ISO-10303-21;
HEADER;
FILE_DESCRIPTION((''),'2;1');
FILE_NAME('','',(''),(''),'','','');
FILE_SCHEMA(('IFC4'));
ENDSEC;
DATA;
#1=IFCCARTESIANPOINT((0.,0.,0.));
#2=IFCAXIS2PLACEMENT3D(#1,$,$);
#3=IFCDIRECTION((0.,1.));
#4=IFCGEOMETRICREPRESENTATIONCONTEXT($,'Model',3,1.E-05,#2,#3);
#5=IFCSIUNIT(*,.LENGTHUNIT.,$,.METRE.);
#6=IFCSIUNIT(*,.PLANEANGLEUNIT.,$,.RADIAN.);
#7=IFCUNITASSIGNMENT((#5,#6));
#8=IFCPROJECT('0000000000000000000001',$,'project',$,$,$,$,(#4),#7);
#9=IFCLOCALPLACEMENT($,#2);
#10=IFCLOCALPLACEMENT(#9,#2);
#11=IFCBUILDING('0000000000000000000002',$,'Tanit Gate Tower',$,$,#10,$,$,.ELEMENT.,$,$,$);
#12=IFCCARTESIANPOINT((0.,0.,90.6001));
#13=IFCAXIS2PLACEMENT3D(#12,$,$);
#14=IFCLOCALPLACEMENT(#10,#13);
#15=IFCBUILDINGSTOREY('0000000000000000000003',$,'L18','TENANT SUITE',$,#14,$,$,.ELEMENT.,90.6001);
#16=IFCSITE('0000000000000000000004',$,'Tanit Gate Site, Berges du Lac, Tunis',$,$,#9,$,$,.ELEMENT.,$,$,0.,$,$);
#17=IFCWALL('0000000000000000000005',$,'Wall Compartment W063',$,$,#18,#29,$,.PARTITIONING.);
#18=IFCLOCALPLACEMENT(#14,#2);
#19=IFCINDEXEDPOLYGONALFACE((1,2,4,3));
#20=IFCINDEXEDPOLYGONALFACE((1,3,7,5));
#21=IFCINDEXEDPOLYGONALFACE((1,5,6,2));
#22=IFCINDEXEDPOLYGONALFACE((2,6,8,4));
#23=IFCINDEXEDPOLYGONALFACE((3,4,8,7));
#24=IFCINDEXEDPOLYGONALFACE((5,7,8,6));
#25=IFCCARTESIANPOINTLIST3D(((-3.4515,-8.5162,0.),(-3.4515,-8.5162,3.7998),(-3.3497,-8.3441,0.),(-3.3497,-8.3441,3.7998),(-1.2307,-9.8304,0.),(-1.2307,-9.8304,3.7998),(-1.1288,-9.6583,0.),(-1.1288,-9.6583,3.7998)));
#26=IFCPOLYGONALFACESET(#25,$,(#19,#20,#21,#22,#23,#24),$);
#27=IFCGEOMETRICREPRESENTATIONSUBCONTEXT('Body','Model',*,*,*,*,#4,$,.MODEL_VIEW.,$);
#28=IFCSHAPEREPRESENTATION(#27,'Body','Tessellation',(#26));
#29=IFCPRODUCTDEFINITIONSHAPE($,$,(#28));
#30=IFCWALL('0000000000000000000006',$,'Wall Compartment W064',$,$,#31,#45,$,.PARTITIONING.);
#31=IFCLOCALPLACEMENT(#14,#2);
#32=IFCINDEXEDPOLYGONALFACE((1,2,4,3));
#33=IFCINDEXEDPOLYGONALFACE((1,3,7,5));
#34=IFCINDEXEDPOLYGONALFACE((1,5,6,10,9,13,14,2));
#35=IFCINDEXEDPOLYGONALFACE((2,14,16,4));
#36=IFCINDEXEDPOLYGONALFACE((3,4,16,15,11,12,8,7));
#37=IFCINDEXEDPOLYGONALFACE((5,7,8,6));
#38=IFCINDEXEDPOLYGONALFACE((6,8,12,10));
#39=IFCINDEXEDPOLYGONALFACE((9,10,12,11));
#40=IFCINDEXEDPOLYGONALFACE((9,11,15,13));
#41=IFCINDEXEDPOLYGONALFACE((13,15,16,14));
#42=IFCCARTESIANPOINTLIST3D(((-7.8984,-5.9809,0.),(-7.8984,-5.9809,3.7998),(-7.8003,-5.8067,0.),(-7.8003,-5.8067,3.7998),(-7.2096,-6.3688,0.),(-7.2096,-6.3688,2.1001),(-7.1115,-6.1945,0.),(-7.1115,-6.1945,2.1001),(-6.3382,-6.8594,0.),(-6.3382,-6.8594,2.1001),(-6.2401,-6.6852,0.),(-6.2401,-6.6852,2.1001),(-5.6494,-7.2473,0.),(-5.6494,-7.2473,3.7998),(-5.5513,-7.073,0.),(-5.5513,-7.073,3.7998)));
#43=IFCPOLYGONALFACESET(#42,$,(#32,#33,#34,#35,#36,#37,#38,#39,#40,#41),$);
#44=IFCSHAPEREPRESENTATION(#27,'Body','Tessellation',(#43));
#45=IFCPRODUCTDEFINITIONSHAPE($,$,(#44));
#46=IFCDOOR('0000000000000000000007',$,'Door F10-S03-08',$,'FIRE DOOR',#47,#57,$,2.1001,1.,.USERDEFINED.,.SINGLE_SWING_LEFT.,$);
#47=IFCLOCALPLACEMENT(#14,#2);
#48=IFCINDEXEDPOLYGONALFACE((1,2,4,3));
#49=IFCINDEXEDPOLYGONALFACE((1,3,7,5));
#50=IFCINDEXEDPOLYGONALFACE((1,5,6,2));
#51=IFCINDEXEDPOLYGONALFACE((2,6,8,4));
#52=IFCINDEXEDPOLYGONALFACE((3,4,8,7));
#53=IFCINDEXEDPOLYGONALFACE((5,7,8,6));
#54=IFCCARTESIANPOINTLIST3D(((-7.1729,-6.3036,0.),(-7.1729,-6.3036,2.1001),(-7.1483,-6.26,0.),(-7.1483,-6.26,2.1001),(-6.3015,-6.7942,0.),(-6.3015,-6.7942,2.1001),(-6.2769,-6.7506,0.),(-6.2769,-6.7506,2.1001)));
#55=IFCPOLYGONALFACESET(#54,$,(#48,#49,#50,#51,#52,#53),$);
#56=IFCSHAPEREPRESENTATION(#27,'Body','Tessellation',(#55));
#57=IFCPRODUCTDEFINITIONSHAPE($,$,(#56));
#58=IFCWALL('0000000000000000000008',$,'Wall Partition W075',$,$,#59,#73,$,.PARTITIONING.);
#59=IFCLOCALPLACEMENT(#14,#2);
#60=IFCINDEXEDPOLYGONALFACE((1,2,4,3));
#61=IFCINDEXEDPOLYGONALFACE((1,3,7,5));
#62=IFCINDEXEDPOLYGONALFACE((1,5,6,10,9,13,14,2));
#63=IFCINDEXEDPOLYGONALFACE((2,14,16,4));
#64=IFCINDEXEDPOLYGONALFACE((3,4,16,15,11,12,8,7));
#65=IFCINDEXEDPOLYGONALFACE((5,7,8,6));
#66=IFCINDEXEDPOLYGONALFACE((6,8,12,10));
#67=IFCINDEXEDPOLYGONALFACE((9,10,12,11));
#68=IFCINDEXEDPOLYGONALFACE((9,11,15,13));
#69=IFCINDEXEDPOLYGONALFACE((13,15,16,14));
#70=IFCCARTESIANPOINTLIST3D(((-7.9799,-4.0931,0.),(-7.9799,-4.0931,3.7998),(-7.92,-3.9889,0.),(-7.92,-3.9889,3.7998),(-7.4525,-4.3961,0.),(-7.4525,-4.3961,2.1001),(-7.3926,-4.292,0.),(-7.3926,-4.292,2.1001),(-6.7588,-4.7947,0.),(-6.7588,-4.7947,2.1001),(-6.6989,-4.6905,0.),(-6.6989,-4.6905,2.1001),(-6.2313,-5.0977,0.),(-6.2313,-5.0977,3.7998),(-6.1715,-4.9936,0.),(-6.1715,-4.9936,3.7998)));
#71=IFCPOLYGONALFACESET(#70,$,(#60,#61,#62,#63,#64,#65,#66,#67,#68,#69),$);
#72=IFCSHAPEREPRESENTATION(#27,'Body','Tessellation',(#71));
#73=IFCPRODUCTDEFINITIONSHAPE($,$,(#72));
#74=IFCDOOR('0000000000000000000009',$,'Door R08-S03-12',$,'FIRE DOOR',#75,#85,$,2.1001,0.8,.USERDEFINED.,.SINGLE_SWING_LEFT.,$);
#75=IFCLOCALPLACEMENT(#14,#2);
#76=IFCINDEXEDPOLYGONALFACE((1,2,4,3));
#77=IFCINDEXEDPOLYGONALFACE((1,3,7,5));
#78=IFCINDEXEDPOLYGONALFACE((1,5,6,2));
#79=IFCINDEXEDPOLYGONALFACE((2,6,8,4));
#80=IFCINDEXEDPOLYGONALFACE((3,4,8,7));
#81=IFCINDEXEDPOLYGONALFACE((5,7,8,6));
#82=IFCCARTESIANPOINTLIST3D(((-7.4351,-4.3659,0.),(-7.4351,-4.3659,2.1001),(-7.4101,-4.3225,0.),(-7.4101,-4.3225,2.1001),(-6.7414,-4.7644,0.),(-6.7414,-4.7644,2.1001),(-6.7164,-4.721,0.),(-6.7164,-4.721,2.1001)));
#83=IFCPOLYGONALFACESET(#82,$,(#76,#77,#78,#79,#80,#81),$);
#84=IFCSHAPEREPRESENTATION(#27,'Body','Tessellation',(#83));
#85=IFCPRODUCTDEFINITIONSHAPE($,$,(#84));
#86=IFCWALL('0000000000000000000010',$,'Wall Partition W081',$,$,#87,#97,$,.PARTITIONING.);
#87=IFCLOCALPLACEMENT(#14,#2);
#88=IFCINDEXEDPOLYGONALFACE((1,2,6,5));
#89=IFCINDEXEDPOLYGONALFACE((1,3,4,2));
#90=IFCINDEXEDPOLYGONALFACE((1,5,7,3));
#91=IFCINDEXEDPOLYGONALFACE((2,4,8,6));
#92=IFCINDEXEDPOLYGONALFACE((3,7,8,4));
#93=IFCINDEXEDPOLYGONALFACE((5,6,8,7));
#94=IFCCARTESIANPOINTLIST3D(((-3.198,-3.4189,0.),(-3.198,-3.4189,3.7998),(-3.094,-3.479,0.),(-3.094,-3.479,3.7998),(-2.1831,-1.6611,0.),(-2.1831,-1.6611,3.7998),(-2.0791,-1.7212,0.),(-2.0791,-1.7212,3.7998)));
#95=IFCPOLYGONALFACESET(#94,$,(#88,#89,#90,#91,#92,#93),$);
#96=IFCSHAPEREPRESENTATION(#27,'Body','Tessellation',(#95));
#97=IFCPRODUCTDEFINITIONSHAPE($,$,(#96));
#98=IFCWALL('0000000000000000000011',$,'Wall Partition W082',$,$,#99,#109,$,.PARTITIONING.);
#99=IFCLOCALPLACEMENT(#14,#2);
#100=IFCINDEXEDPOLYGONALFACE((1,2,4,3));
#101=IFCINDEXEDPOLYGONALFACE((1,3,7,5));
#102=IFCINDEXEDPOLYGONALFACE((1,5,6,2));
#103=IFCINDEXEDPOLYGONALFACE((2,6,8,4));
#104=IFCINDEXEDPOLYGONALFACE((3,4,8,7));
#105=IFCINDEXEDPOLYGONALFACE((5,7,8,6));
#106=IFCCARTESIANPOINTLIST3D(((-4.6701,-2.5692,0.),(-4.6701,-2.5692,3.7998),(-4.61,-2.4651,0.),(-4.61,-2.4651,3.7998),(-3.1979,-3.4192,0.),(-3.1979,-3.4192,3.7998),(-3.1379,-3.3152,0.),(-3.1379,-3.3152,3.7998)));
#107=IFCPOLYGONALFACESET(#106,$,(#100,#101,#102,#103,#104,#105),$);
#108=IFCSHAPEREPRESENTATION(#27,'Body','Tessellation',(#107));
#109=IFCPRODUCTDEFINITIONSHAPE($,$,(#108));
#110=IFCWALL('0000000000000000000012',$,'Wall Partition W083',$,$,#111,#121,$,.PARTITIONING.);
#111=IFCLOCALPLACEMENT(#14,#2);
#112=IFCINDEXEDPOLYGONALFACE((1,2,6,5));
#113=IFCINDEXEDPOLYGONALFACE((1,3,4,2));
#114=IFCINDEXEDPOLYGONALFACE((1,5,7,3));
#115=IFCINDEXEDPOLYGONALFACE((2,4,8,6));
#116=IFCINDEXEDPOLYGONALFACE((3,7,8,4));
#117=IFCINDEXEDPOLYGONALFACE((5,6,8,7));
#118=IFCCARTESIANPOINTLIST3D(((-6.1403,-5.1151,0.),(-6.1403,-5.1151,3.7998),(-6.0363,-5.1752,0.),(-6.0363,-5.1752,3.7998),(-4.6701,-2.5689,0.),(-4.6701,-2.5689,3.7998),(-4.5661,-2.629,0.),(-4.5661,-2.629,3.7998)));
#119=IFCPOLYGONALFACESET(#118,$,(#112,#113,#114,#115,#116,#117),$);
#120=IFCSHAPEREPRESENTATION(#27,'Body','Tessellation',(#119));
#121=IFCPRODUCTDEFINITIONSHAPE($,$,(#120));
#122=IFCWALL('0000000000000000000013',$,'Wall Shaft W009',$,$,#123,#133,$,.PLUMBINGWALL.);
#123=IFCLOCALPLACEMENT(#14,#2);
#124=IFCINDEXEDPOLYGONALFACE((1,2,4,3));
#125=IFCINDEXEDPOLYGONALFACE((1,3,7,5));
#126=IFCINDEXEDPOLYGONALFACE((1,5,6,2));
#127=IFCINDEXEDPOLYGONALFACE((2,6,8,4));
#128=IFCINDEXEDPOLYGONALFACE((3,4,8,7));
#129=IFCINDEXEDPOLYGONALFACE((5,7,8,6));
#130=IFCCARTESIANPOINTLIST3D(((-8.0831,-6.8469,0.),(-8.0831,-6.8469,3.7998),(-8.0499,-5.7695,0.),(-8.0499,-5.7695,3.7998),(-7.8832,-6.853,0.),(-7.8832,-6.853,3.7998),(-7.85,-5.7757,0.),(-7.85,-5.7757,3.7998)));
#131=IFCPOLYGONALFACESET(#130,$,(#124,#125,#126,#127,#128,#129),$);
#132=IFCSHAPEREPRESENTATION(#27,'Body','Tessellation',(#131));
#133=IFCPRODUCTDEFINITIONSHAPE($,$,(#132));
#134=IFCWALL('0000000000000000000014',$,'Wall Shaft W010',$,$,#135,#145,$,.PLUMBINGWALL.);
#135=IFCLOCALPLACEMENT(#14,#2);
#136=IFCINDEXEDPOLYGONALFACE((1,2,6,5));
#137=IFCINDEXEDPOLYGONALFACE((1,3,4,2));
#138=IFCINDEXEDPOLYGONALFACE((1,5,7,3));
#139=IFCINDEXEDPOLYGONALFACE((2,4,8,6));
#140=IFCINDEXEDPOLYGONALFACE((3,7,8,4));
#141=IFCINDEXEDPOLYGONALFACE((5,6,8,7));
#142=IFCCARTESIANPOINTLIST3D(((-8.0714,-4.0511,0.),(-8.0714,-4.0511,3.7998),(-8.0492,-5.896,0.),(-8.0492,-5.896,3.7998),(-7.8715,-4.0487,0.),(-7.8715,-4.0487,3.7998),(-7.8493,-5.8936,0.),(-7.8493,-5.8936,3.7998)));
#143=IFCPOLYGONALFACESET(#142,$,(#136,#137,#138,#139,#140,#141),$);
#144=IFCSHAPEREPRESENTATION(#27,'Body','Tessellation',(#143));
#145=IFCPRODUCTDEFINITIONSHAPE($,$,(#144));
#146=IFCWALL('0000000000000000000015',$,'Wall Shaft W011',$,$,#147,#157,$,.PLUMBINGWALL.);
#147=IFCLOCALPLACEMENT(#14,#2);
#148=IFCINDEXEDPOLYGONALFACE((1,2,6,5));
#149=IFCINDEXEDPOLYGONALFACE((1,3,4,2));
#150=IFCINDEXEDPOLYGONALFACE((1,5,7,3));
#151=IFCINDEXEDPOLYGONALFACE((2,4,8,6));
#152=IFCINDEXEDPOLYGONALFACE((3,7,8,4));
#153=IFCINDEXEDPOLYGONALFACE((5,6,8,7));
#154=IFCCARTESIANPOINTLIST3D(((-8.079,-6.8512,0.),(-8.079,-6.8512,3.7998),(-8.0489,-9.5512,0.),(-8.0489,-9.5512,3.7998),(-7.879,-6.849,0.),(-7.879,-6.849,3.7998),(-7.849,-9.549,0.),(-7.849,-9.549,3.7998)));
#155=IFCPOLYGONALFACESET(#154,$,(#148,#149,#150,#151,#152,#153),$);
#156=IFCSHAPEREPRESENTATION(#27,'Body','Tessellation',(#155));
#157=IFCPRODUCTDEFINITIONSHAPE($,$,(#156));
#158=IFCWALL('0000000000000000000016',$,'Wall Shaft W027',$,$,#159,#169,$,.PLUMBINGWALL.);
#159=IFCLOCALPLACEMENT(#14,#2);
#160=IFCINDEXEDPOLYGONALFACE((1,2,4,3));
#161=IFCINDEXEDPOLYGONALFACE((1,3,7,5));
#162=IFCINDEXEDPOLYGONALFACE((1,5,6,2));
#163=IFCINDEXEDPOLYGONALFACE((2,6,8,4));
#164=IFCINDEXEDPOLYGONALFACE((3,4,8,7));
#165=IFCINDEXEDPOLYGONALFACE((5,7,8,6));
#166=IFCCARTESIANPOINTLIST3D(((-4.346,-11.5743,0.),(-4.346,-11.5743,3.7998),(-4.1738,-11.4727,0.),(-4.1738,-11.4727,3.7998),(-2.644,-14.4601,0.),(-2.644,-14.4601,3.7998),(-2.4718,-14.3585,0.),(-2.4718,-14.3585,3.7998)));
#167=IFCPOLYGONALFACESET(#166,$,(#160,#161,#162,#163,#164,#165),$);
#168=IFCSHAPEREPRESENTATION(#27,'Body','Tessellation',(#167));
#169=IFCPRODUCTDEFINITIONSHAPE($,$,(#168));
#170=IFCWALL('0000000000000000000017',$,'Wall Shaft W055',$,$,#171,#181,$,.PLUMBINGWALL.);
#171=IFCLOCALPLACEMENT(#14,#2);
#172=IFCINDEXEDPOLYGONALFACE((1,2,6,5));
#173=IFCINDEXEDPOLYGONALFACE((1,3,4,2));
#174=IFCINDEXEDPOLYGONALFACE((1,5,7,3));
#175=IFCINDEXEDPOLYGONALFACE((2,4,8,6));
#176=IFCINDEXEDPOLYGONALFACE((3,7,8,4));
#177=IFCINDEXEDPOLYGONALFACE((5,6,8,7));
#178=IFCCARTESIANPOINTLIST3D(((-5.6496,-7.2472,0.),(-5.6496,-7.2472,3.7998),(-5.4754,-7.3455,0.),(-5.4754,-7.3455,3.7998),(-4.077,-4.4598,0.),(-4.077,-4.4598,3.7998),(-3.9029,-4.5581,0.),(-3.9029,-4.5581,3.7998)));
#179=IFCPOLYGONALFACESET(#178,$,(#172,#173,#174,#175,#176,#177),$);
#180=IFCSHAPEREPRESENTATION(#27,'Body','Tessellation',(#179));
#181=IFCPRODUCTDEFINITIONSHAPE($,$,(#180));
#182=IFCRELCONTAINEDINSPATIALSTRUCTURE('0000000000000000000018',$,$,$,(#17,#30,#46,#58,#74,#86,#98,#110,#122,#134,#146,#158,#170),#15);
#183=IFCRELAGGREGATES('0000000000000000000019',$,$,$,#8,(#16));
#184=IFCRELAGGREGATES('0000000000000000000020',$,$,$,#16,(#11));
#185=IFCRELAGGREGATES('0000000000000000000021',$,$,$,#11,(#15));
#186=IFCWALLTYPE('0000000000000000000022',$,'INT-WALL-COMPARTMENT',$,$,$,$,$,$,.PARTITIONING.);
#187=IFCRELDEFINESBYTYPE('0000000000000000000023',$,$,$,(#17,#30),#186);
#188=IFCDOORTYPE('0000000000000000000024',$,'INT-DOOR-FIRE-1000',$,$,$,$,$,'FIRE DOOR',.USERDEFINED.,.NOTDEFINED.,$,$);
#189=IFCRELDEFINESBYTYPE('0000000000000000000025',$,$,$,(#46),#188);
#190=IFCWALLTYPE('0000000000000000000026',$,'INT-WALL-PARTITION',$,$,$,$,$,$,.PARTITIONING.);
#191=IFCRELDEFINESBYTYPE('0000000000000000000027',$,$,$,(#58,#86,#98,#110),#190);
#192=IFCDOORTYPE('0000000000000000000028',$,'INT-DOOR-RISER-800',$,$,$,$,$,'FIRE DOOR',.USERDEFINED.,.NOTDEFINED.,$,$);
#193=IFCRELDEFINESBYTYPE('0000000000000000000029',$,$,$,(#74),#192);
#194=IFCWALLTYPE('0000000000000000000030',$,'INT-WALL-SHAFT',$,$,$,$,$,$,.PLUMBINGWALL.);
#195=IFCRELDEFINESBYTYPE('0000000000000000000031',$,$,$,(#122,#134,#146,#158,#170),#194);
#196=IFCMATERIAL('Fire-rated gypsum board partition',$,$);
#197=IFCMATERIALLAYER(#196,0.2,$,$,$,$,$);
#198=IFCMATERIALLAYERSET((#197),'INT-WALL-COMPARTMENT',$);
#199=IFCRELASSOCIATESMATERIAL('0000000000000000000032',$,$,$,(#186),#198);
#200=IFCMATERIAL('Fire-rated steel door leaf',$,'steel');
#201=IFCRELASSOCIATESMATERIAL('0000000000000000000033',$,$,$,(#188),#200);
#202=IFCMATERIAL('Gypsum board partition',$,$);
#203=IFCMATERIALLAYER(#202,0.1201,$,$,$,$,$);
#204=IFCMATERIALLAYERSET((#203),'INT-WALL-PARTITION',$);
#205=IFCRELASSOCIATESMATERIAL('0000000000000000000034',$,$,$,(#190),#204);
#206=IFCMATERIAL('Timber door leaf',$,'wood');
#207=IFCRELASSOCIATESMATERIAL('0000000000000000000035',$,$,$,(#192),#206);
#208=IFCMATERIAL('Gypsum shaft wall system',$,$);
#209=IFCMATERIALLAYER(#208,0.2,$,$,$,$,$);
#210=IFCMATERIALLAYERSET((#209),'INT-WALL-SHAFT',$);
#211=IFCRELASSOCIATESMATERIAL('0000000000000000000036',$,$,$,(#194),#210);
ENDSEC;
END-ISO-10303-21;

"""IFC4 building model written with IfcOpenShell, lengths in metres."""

from ifc_helpers import new_model, si_unit, direction, frame, frame_2d, origin, place, context, subcontext, project, spatial, rectangle, extrude, material, layer, layer_set, type_object, element, fill, save


model = new_model("IFC4")

# Units and contexts
model_context = context("Model", 3, precision=1e-05, world=origin(), true_north=direction((0.0, 1.0)))
body_context = subcontext(model_context, "Body", "Model", "MODEL_VIEW")
ifc_project = project(units=[si_unit("LENGTHUNIT", "METRE"), si_unit("PLANEANGLEUNIT", "RADIAN")], contexts=[model_context])

# Site, building, storey
site_placement = place(None, origin())
site = spatial("IfcSite", under=ifc_project, at=site_placement, Name="Tanit Gate Site, Berges du Lac, Tunis", CompositionType="ELEMENT", RefElevation=0.0)
building_placement = place(site_placement, origin())
building = spatial("IfcBuilding", under=site, at=building_placement, Name="Tanit Gate Tower", CompositionType="ELEMENT")
storey_placement = place(building_placement, frame((0.0, 0.0, 90.6001)))
storey = spatial("IfcBuildingStorey", under=building, at=storey_placement, Name="L18", Description="TENANT SUITE", CompositionType="ELEMENT", Elevation=90.6001)

# Wall
ifc_material_1 = material(Name="Fire-rated gypsum board partition")
ifc_layer_1 = layer(ifc_material_1, 0.2)
ifc_layer_set_1 = layer_set([ifc_layer_1], Name="INT-WALL-COMPARTMENT")
wall_type_1 = type_object("IfcWallType", Name="INT-WALL-COMPARTMENT", PredefinedType="PARTITIONING", material=ifc_layer_set_1)
wall_1_placement = place(storey_placement, frame((-3.4006, -8.4302, 0.0), z_axis=(0.0, 0.0, 1.0), x_axis=(0.860616, -0.509255, 0.0)))
element("IfcWall", 1, at=wall_1_placement, inside=storey, type_object=wall_type_1, Name="Wall Compartment W063", PredefinedType="PARTITIONING", context=body_context, shape_type="SweptSolid", body=[
    extrude(rectangle(XDim=2.5806, YDim=0.2, at=frame_2d((1.2903, 0.0))), origin(), (0.0, 0.0, 1.0), 3.7998),
])

# Walls, openings, doors
wall_2_placement = place(storey_placement, frame((-7.8494, -5.8938, 0.0), z_axis=(0.0, 0.0, 1.0), x_axis=(0.871363, -0.490638, 0.0)))
wall_2 = element("IfcWall", 2, at=wall_2_placement, inside=storey, type_object=wall_type_1, Name="Wall Compartment W064", PredefinedType="PARTITIONING", context=body_context, shape_type="SweptSolid", body=[
    extrude(rectangle(XDim=2.5811, YDim=0.2, at=frame_2d((1.2905, 0.0))), origin(), (0.0, 0.0, 1.0), 3.7998),
])
opening_1_placement = place(wall_2_placement, frame((0.7905, 0.0, 0.0)))
opening_1 = element("IfcOpeningElement", 3, at=opening_1_placement, cuts=wall_2, PredefinedType="OPENING", context=body_context, shape_type="SweptSolid", body=[
    extrude(rectangle(XDim=1.0, YDim=2.1001, at=frame_2d((0.5, 1.05))), frame((0.0, 0.1099, 0.0), z_axis=(0.0, -1.0, 0.0), x_axis=(1.0, 0.0, 0.0)), (0.0, 0.0, 1.0), 0.22),
])
ifc_material_2 = material(Name="Fire-rated steel door leaf", Category="steel")
door_type_1 = type_object("IfcDoorType", Name="INT-DOOR-FIRE-1000", ElementType="FIRE DOOR", OperationType="NOTDEFINED", PredefinedType="USERDEFINED", material=ifc_material_2)
door_1_placement = place(opening_1_placement, origin())
door_1 = element("IfcDoor", 4, at=door_1_placement, inside=storey, type_object=door_type_1, Name="Door F10-S03-08", ObjectType="FIRE DOOR", OperationType="SINGLE_SWING_LEFT", OverallHeight=2.1001, OverallWidth=1.0, PredefinedType="USERDEFINED", context=body_context, shape_type="SweptSolid", body=[
    extrude(rectangle(XDim=1.0, YDim=2.1001, at=frame_2d((0.5, 1.05))), frame((0.0, 0.0249, 0.0), z_axis=(0.0, -1.0, 0.0), x_axis=(1.0, 0.0, 0.0)), (0.0, 0.0, 1.0), 0.05),
])
fill(opening_1, door_1)
ifc_material_3 = material(Name="Gypsum board partition")
ifc_layer_2 = layer(ifc_material_3, 0.1201)
ifc_layer_set_2 = layer_set([ifc_layer_2], Name="INT-WALL-PARTITION")
wall_type_2 = type_object("IfcWallType", Name="INT-WALL-PARTITION", PredefinedType="PARTITIONING", material=ifc_layer_set_2)
wall_3_placement = place(storey_placement, frame((-7.95, -4.041, 0.0), z_axis=(0.0, 0.0, 1.0), x_axis=(0.867071, -0.498184, 0.0)))
wall_3 = element("IfcWall", 5, at=wall_3_placement, inside=storey, type_object=wall_type_2, Name="Wall Partition W075", PredefinedType="PARTITIONING", context=body_context, shape_type="SweptSolid", body=[
    extrude(rectangle(XDim=2.0166, YDim=0.1201, at=frame_2d((1.0083, 0.0))), origin(), (0.0, 0.0, 1.0), 3.7998),
])
opening_2_placement = place(wall_3_placement, frame((0.6084, 0.0, 0.0)))
opening_2 = element("IfcOpeningElement", 6, at=opening_2_placement, cuts=wall_3, PredefinedType="OPENING", context=body_context, shape_type="SweptSolid", body=[
    extrude(rectangle(XDim=0.8, YDim=2.1001, at=frame_2d((0.3999, 1.05))), frame((0.0, 0.0701, 0.0), z_axis=(0.0, -1.0, 0.0), x_axis=(1.0, 0.0, 0.0)), (0.0, 0.0, 1.0), 0.1401),
])
ifc_material_4 = material(Name="Timber door leaf", Category="wood")
door_type_2 = type_object("IfcDoorType", Name="INT-DOOR-RISER-800", ElementType="FIRE DOOR", OperationType="NOTDEFINED", PredefinedType="USERDEFINED", material=ifc_material_4)
door_2_placement = place(opening_2_placement, origin())
door_2 = element("IfcDoor", 7, at=door_2_placement, inside=storey, type_object=door_type_2, Name="Door R08-S03-12", ObjectType="FIRE DOOR", OperationType="SINGLE_SWING_LEFT", OverallHeight=2.1001, OverallWidth=0.8, PredefinedType="USERDEFINED", context=body_context, shape_type="SweptSolid", body=[
    extrude(rectangle(XDim=0.8, YDim=2.1001, at=frame_2d((0.3999, 1.05))), frame((0.0, 0.0249, 0.0), z_axis=(0.0, -1.0, 0.0), x_axis=(1.0, 0.0, 0.0)), (0.0, 0.0, 1.0), 0.05),
])
fill(opening_2, door_2)

# Walls
wall_4_placement = place(storey_placement, frame((-3.146, -3.449, 0.0), z_axis=(0.0, 0.0, 1.0), x_axis=(0.500007, 0.866021, 0.0)))
element("IfcWall", 8, at=wall_4_placement, inside=storey, type_object=wall_type_2, Name="Wall Partition W081", PredefinedType="PARTITIONING", context=body_context, shape_type="SweptSolid", body=[
    extrude(rectangle(XDim=2.0298, YDim=0.1201, at=frame_2d((1.0149, 0.0))), origin(), (0.0, 0.0, 1.0), 3.7998),
])
wall_5_placement = place(storey_placement, frame((-4.6401, -2.5171, 0.0), z_axis=(0.0, 0.0, 1.0), x_axis=(0.865989, -0.500062, 0.0)))
element("IfcWall", 9, at=wall_5_placement, inside=storey, type_object=wall_type_2, Name="Wall Partition W082", PredefinedType="PARTITIONING", context=body_context, shape_type="SweptSolid", body=[
    extrude(rectangle(XDim=1.7, YDim=0.1201, at=frame_2d((0.8501, 0.0))), origin(), (0.0, 0.0, 1.0), 3.7998),
])
wall_6_placement = place(storey_placement, frame((-6.0884, -5.1453, 0.0), z_axis=(0.0, 0.0, 1.0), x_axis=(0.500051, 0.865996, 0.0)))
element("IfcWall", 10, at=wall_6_placement, inside=storey, type_object=wall_type_2, Name="Wall Partition W083", PredefinedType="PARTITIONING", context=body_context, shape_type="SweptSolid", body=[
    extrude(rectangle(XDim=2.9402, YDim=0.1201, at=frame_2d((1.4702, 0.0))), origin(), (0.0, 0.0, 1.0), 3.7998),
])
ifc_material_5 = material(Name="Gypsum shaft wall system")
ifc_layer_3 = layer(ifc_material_5, 0.2)
ifc_layer_set_3 = layer_set([ifc_layer_3], Name="INT-WALL-SHAFT")
wall_type_3 = type_object("IfcWallType", Name="INT-WALL-SHAFT", PredefinedType="PLUMBINGWALL", material=ifc_layer_set_3)
wall_7_placement = place(storey_placement, frame((-7.95, -5.7725, 0.0), z_axis=(0.0, 0.0, 1.0), x_axis=(-0.030803, -0.999525, 0.0)))
element("IfcWall", 11, at=wall_7_placement, inside=storey, type_object=wall_type_3, Name="Wall Shaft W009", PredefinedType="PLUMBINGWALL", context=body_context, shape_type="SweptSolid", body=[
    extrude(rectangle(XDim=1.0779, YDim=0.2, at=frame_2d((0.5391, 0.0))), origin(), (0.0, 0.0, 1.0), 3.7998),
])
wall_8_placement = place(storey_placement, frame((-7.9714, -4.05, 0.0), z_axis=(0.0, 0.0, 1.0), x_axis=(0.012043, -0.999927, 0.0)))
element("IfcWall", 12, at=wall_8_placement, inside=storey, type_object=wall_type_3, Name="Wall Shaft W010", PredefinedType="PLUMBINGWALL", context=body_context, shape_type="SweptSolid", body=[
    extrude(rectangle(XDim=1.845, YDim=0.2, at=frame_2d((0.9224, 0.0))), origin(), (0.0, 0.0, 1.0), 3.7998),
])
wall_9_placement = place(storey_placement, frame((-7.979, -6.8501, 0.0), z_axis=(0.0, 0.0, 1.0), x_axis=(0.011121, -0.999938, 0.0)))
element("IfcWall", 13, at=wall_9_placement, inside=storey, type_object=wall_type_3, Name="Wall Shaft W011", PredefinedType="PLUMBINGWALL", context=body_context, shape_type="SweptSolid", body=[
    extrude(rectangle(XDim=2.7002, YDim=0.2, at=frame_2d((1.3501, 0.0))), origin(), (0.0, 0.0, 1.0), 3.7998),
])
wall_10_placement = place(storey_placement, frame((-2.5579, -14.4094, 0.0), z_axis=(0.0, 0.0, 1.0), x_axis=(-0.507997, 0.861359, 0.0)))
element("IfcWall", 14, at=wall_10_placement, inside=storey, type_object=wall_type_3, Name="Wall Shaft W027", PredefinedType="PLUMBINGWALL", context=body_context, shape_type="SweptSolid", body=[
    extrude(rectangle(XDim=3.3503, YDim=0.2, at=frame_2d((1.6753, 0.0))), origin(), (0.0, 0.0, 1.0), 3.7998),
])

# Wall
wall_11_placement = place(storey_placement, frame((-3.99, -4.509, 0.0), z_axis=(0.0, 0.0, 1.0), x_axis=(-0.491358, -0.870958, 0.0)))
element("IfcWall", 15, at=wall_11_placement, inside=storey, type_object=wall_type_3, Name="Wall Shaft W055", PredefinedType="PLUMBINGWALL", context=body_context, shape_type="SweptSolid", body=[
    extrude(rectangle(XDim=3.2004, YDim=0.2, at=frame_2d((1.6001, 0.0))), origin(), (0.0, 0.0, 1.0), 3.7998),
])

save(model, "model.ifc")
